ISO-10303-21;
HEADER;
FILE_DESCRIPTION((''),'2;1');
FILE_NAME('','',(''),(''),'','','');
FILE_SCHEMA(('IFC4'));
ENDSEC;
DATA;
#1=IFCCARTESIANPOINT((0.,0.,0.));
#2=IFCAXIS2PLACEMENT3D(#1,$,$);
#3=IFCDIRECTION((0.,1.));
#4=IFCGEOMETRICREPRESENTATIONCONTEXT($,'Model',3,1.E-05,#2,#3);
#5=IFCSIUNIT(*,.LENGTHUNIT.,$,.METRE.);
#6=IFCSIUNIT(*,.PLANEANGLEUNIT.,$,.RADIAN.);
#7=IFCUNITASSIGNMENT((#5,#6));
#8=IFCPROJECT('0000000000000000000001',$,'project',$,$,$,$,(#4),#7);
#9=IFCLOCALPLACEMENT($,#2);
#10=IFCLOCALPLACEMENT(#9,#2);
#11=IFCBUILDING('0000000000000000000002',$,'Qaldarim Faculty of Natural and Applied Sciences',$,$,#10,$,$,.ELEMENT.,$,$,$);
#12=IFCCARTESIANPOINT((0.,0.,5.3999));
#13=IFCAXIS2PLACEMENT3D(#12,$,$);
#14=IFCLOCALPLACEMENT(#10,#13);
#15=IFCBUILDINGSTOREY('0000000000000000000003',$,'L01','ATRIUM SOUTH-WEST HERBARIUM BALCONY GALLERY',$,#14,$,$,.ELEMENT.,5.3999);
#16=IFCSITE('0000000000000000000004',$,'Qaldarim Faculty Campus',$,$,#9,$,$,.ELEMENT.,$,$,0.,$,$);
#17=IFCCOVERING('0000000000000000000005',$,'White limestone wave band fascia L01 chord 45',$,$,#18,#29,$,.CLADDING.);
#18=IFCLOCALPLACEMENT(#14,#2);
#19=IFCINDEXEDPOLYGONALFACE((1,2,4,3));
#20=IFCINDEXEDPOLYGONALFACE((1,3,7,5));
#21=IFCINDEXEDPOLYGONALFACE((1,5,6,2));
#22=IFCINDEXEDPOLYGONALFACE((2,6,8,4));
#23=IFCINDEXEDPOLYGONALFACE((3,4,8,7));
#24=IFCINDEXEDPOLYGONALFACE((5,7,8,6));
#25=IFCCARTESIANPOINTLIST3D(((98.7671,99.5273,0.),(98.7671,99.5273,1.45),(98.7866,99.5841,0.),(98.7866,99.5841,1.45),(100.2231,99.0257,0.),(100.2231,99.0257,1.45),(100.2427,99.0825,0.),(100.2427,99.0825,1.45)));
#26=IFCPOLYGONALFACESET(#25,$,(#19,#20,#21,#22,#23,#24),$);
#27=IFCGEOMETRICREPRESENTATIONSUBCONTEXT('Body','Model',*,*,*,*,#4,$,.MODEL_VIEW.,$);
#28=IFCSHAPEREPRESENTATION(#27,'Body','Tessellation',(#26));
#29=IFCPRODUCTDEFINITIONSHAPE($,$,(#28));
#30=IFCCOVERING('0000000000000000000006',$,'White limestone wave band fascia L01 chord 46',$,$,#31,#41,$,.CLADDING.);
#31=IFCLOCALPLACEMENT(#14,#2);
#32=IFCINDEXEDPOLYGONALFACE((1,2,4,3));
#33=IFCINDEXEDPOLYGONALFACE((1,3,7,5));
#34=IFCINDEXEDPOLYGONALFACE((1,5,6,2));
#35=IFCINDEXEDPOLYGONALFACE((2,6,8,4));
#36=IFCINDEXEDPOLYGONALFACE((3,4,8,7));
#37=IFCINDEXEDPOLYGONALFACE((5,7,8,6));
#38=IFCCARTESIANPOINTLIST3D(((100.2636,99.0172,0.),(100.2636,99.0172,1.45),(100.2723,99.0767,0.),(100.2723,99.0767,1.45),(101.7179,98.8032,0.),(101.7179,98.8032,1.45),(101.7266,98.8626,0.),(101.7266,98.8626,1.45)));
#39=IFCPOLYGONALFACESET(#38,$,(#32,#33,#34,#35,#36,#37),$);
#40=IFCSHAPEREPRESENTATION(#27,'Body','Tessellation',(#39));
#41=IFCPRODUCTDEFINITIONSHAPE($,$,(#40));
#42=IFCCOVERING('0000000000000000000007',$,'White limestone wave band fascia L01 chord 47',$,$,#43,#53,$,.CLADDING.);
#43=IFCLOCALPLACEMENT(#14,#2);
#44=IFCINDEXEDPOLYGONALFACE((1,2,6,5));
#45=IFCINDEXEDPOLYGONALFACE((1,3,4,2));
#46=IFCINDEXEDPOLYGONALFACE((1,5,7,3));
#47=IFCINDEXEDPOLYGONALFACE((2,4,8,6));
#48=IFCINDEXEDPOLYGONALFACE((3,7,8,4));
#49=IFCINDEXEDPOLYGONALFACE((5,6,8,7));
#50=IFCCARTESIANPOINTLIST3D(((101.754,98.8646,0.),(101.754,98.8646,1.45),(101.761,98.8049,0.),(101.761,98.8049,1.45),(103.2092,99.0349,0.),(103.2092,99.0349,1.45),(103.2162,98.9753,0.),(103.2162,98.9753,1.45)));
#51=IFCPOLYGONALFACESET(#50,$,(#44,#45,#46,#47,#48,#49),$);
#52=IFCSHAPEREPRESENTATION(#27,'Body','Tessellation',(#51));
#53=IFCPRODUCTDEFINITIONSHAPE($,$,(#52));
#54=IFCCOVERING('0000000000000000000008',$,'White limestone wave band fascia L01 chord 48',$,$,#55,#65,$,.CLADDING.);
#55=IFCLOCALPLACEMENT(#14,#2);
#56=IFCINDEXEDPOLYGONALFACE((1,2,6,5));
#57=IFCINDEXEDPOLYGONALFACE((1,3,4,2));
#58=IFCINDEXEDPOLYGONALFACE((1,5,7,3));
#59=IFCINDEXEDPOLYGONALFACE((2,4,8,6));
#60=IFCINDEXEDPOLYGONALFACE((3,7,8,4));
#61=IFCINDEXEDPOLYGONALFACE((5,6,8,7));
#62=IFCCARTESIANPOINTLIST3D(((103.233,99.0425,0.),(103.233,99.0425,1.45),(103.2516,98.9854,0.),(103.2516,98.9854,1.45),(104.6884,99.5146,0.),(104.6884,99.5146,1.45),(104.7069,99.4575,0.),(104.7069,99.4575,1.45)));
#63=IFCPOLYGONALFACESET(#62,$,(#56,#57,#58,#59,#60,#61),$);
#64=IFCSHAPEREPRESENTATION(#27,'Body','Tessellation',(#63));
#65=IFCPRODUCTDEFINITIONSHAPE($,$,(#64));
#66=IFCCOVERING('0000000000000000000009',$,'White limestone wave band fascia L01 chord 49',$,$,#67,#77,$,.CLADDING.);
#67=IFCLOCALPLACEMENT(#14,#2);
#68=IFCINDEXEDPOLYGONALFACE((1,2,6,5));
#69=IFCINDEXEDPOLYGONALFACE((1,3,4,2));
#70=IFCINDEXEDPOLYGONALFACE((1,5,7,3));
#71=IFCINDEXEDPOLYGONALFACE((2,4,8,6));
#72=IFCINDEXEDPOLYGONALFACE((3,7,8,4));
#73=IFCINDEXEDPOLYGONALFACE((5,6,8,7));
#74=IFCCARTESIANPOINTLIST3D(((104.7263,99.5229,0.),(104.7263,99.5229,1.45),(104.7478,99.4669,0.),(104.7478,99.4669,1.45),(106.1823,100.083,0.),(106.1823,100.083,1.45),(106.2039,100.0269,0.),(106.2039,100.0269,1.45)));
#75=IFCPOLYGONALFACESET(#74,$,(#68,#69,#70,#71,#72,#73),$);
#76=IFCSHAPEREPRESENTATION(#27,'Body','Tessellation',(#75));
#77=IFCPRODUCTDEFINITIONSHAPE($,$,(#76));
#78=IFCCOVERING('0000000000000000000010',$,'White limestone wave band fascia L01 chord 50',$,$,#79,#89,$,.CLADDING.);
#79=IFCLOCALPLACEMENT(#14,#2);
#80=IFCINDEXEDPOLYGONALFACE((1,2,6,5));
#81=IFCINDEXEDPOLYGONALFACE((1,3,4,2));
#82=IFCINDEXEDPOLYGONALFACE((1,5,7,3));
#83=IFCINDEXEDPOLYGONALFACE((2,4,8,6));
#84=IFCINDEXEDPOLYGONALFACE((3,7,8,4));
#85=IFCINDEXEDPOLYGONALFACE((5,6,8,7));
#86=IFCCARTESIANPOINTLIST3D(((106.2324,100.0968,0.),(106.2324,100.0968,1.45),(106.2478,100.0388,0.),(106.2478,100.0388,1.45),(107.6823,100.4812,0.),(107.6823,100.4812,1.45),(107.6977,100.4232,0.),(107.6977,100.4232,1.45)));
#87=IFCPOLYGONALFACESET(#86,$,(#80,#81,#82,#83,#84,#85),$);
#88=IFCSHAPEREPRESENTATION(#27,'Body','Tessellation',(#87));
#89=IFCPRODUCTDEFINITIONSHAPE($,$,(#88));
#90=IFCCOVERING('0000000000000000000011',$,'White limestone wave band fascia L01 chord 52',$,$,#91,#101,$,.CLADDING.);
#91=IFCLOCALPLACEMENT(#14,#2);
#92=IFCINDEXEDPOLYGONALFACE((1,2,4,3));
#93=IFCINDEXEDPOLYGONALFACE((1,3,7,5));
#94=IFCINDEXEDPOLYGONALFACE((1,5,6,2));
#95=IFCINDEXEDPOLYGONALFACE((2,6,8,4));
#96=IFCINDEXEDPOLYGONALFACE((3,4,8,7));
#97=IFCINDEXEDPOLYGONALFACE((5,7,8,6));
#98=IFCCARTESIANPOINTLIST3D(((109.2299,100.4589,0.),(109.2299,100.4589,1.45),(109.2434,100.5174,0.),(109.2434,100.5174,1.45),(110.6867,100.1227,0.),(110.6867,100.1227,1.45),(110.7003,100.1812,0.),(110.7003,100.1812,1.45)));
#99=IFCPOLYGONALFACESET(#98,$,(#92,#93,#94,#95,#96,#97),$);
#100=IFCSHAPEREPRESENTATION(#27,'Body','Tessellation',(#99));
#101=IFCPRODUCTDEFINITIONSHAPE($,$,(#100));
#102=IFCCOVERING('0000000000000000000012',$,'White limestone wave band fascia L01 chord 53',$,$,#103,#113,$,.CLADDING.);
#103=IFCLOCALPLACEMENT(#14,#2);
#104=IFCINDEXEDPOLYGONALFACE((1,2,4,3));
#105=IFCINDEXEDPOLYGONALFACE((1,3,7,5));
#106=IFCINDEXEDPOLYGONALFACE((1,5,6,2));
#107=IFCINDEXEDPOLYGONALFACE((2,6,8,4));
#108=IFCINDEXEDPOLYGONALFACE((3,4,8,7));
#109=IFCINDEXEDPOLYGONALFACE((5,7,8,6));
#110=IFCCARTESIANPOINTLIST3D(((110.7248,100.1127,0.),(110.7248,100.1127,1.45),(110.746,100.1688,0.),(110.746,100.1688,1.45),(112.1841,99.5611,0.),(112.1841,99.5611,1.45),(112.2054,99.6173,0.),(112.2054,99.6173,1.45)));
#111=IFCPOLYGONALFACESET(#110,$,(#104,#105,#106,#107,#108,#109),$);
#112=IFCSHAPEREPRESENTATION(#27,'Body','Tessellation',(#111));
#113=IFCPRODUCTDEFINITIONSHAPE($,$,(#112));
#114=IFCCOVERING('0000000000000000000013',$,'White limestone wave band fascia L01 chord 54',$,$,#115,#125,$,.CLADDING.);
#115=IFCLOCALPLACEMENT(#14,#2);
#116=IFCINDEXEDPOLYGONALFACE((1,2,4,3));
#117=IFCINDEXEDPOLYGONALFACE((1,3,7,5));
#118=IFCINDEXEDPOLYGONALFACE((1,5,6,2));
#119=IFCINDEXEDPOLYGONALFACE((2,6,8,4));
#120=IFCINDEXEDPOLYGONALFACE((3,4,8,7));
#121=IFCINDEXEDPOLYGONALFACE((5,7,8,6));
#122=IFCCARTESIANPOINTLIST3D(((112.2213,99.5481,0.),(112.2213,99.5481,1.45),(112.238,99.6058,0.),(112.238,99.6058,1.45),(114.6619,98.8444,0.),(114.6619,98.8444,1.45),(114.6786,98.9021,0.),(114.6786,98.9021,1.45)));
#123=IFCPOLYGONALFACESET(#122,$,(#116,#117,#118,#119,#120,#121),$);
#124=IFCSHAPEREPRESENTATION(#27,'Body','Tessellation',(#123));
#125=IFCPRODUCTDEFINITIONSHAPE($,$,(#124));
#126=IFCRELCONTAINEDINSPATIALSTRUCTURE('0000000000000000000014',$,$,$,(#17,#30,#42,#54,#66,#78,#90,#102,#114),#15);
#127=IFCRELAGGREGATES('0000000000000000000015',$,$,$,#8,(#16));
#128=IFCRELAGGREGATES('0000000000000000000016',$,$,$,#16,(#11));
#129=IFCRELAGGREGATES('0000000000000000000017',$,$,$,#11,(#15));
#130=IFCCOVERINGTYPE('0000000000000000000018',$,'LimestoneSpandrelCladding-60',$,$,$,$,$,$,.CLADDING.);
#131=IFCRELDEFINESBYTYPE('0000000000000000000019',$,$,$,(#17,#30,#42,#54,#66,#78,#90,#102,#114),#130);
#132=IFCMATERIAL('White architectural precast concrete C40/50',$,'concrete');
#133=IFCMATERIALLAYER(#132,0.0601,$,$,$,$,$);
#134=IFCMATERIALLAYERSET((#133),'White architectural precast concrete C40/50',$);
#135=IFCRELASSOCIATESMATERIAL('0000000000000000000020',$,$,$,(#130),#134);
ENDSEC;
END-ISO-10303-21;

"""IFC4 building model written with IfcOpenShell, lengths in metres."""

from ifc_helpers import new_model, si_unit, direction, frame, origin, origin_2d, place, context, subcontext, project, spatial, rectangle, extrude, material, layer, layer_set, type_object, element, save


model = new_model("IFC4")

# Units and contexts
model_context = context("Model", 3, precision=1e-05, world=origin(), true_north=direction((0.0, 1.0)))
body_context = subcontext(model_context, "Body", "Model", "MODEL_VIEW")
ifc_project = project(units=[si_unit("LENGTHUNIT", "METRE"), si_unit("PLANEANGLEUNIT", "RADIAN")], contexts=[model_context])

# Site, building, storey
site_placement = place(None, origin())
site = spatial("IfcSite", under=ifc_project, at=site_placement, Name="Qaldarim Faculty Campus", CompositionType="ELEMENT", RefElevation=0.0)
building_placement = place(site_placement, origin())
building = spatial("IfcBuilding", under=site, at=building_placement, Name="Qaldarim Faculty of Natural and Applied Sciences", CompositionType="ELEMENT")
storey_placement = place(building_placement, frame((0.0, 0.0, 5.3999)))
storey = spatial("IfcBuildingStorey", under=building, at=storey_placement, Name="L01", Description="ATRIUM SOUTH-WEST HERBARIUM BALCONY GALLERY", CompositionType="ELEMENT", Elevation=5.3999)

# Shared definitions
ifc_material_1 = material(Name="White architectural precast concrete C40/50", Category="concrete")

# Coverings
ifc_layer_1 = layer(ifc_material_1, 0.0601)
ifc_layer_set_1 = layer_set([ifc_layer_1], Name="White architectural precast concrete C40/50")
covering_type = type_object("IfcCoveringType", Name="LimestoneSpandrelCladding-60", PredefinedType="CLADDING", material=ifc_layer_set_1)
covering_1_placement = place(storey_placement, frame((99.5049, 99.3049, 0.0), z_axis=(0.0, 0.0, 1.0), x_axis=(0.945473, -0.3257, 0.0)))
element("IfcCovering", 1, at=covering_1_placement, inside=storey, type_object=covering_type, Name="White limestone wave band fascia L01 chord 45", PredefinedType="CLADDING", context=body_context, shape_type="SweptSolid", body=[
    extrude(rectangle(XDim=1.54, YDim=0.0601, at=origin_2d()), origin(), (0.0, 0.0, 1.0), 1.45),
])
covering_2_placement = place(storey_placement, frame((100.9951, 98.9399, 0.0), z_axis=(0.0, 0.0, 1.0), x_axis=(0.989346, -0.145582, 0.0)))
element("IfcCovering", 2, at=covering_2_placement, inside=storey, type_object=covering_type, Name="White limestone wave band fascia L01 chord 46", PredefinedType="CLADDING", context=body_context, shape_type="SweptSolid", body=[
    extrude(rectangle(XDim=1.47, YDim=0.0601, at=origin_2d()), origin(), (0.0, 0.0, 1.0), 1.45),
])
covering_3_placement = place(storey_placement, frame((102.4851, 98.9199, 0.0), z_axis=(0.0, 0.0, 1.0), x_axis=(0.993219, 0.116255, 0.0)))
element("IfcCovering", 3, at=covering_3_placement, inside=storey, type_object=covering_type, Name="White limestone wave band fascia L01 chord 47", PredefinedType="CLADDING", context=body_context, shape_type="SweptSolid", body=[
    extrude(rectangle(XDim=1.4651, YDim=0.0601, at=origin_2d()), origin(), (0.0, 0.0, 1.0), 1.45),
])
covering_4_placement = place(storey_placement, frame((103.97, 99.25, 0.0), z_axis=(0.0, 0.0, 1.0), x_axis=(0.951197, 0.308585, 0.0)))
element("IfcCovering", 4, at=covering_4_placement, inside=storey, type_object=covering_type, Name="White limestone wave band fascia L01 chord 48", PredefinedType="CLADDING", context=body_context, shape_type="SweptSolid", body=[
    extrude(rectangle(XDim=1.53, YDim=0.0601, at=origin_2d()), origin(), (0.0, 0.0, 1.0), 1.45),
])
covering_5_placement = place(storey_placement, frame((105.4651, 99.7749, 0.0), z_axis=(0.0, 0.0, 1.0), x_axis=(0.933343, 0.358987, 0.0)))
element("IfcCovering", 5, at=covering_5_placement, inside=storey, type_object=covering_type, Name="White limestone wave band fascia L01 chord 49", PredefinedType="CLADDING", context=body_context, shape_type="SweptSolid", body=[
    extrude(rectangle(XDim=1.5601, YDim=0.0601, at=origin_2d()), origin(), (0.0, 0.0, 1.0), 1.45),
])
covering_6_placement = place(storey_placement, frame((106.9651, 100.26, 0.0), z_axis=(0.0, 0.0, 1.0), x_axis=(0.966609, 0.256256, 0.0)))
element("IfcCovering", 6, at=covering_6_placement, inside=storey, type_object=covering_type, Name="White limestone wave band fascia L01 chord 50", PredefinedType="CLADDING", context=body_context, shape_type="SweptSolid", body=[
    extrude(rectangle(XDim=1.5, YDim=0.0601, at=origin_2d()), origin(), (0.0, 0.0, 1.0), 1.45),
])
covering_7_placement = place(storey_placement, frame((109.9651, 100.3201, 0.0), z_axis=(0.0, 0.0, 1.0), x_axis=(0.97439, -0.224866, 0.0)))
element("IfcCovering", 7, at=covering_7_placement, inside=storey, type_object=covering_type, Name="White limestone wave band fascia L01 chord 52", PredefinedType="CLADDING", context=body_context, shape_type="SweptSolid", body=[
    extrude(rectangle(XDim=1.4951, YDim=0.0601, at=origin_2d()), origin(), (0.0, 0.0, 1.0), 1.45),
])
covering_8_placement = place(storey_placement, frame((111.4651, 99.865, 0.0), z_axis=(0.0, 0.0, 1.0), x_axis=(0.935426, -0.353524, 0.0)))
element("IfcCovering", 8, at=covering_8_placement, inside=storey, type_object=covering_type, Name="White limestone wave band fascia L01 chord 53", PredefinedType="CLADDING", context=body_context, shape_type="SweptSolid", body=[
    extrude(rectangle(XDim=1.5601, YDim=0.0601, at=origin_2d()), origin(), (0.0, 0.0, 1.0), 1.45),
])
covering_9_placement = place(storey_placement, frame((113.45, 99.2251, 0.0), z_axis=(0.0, 0.0, 1.0), x_axis=(0.960861, -0.27703, 0.0)))
element("IfcCovering", 9, at=covering_9_placement, inside=storey, type_object=covering_type, Name="White limestone wave band fascia L01 chord 54", PredefinedType="CLADDING", context=body_context, shape_type="SweptSolid", body=[
    extrude(rectangle(XDim=2.54, YDim=0.0601, at=origin_2d()), origin(), (0.0, 0.0, 1.0), 1.45),
])

save(model, "model.ifc")
